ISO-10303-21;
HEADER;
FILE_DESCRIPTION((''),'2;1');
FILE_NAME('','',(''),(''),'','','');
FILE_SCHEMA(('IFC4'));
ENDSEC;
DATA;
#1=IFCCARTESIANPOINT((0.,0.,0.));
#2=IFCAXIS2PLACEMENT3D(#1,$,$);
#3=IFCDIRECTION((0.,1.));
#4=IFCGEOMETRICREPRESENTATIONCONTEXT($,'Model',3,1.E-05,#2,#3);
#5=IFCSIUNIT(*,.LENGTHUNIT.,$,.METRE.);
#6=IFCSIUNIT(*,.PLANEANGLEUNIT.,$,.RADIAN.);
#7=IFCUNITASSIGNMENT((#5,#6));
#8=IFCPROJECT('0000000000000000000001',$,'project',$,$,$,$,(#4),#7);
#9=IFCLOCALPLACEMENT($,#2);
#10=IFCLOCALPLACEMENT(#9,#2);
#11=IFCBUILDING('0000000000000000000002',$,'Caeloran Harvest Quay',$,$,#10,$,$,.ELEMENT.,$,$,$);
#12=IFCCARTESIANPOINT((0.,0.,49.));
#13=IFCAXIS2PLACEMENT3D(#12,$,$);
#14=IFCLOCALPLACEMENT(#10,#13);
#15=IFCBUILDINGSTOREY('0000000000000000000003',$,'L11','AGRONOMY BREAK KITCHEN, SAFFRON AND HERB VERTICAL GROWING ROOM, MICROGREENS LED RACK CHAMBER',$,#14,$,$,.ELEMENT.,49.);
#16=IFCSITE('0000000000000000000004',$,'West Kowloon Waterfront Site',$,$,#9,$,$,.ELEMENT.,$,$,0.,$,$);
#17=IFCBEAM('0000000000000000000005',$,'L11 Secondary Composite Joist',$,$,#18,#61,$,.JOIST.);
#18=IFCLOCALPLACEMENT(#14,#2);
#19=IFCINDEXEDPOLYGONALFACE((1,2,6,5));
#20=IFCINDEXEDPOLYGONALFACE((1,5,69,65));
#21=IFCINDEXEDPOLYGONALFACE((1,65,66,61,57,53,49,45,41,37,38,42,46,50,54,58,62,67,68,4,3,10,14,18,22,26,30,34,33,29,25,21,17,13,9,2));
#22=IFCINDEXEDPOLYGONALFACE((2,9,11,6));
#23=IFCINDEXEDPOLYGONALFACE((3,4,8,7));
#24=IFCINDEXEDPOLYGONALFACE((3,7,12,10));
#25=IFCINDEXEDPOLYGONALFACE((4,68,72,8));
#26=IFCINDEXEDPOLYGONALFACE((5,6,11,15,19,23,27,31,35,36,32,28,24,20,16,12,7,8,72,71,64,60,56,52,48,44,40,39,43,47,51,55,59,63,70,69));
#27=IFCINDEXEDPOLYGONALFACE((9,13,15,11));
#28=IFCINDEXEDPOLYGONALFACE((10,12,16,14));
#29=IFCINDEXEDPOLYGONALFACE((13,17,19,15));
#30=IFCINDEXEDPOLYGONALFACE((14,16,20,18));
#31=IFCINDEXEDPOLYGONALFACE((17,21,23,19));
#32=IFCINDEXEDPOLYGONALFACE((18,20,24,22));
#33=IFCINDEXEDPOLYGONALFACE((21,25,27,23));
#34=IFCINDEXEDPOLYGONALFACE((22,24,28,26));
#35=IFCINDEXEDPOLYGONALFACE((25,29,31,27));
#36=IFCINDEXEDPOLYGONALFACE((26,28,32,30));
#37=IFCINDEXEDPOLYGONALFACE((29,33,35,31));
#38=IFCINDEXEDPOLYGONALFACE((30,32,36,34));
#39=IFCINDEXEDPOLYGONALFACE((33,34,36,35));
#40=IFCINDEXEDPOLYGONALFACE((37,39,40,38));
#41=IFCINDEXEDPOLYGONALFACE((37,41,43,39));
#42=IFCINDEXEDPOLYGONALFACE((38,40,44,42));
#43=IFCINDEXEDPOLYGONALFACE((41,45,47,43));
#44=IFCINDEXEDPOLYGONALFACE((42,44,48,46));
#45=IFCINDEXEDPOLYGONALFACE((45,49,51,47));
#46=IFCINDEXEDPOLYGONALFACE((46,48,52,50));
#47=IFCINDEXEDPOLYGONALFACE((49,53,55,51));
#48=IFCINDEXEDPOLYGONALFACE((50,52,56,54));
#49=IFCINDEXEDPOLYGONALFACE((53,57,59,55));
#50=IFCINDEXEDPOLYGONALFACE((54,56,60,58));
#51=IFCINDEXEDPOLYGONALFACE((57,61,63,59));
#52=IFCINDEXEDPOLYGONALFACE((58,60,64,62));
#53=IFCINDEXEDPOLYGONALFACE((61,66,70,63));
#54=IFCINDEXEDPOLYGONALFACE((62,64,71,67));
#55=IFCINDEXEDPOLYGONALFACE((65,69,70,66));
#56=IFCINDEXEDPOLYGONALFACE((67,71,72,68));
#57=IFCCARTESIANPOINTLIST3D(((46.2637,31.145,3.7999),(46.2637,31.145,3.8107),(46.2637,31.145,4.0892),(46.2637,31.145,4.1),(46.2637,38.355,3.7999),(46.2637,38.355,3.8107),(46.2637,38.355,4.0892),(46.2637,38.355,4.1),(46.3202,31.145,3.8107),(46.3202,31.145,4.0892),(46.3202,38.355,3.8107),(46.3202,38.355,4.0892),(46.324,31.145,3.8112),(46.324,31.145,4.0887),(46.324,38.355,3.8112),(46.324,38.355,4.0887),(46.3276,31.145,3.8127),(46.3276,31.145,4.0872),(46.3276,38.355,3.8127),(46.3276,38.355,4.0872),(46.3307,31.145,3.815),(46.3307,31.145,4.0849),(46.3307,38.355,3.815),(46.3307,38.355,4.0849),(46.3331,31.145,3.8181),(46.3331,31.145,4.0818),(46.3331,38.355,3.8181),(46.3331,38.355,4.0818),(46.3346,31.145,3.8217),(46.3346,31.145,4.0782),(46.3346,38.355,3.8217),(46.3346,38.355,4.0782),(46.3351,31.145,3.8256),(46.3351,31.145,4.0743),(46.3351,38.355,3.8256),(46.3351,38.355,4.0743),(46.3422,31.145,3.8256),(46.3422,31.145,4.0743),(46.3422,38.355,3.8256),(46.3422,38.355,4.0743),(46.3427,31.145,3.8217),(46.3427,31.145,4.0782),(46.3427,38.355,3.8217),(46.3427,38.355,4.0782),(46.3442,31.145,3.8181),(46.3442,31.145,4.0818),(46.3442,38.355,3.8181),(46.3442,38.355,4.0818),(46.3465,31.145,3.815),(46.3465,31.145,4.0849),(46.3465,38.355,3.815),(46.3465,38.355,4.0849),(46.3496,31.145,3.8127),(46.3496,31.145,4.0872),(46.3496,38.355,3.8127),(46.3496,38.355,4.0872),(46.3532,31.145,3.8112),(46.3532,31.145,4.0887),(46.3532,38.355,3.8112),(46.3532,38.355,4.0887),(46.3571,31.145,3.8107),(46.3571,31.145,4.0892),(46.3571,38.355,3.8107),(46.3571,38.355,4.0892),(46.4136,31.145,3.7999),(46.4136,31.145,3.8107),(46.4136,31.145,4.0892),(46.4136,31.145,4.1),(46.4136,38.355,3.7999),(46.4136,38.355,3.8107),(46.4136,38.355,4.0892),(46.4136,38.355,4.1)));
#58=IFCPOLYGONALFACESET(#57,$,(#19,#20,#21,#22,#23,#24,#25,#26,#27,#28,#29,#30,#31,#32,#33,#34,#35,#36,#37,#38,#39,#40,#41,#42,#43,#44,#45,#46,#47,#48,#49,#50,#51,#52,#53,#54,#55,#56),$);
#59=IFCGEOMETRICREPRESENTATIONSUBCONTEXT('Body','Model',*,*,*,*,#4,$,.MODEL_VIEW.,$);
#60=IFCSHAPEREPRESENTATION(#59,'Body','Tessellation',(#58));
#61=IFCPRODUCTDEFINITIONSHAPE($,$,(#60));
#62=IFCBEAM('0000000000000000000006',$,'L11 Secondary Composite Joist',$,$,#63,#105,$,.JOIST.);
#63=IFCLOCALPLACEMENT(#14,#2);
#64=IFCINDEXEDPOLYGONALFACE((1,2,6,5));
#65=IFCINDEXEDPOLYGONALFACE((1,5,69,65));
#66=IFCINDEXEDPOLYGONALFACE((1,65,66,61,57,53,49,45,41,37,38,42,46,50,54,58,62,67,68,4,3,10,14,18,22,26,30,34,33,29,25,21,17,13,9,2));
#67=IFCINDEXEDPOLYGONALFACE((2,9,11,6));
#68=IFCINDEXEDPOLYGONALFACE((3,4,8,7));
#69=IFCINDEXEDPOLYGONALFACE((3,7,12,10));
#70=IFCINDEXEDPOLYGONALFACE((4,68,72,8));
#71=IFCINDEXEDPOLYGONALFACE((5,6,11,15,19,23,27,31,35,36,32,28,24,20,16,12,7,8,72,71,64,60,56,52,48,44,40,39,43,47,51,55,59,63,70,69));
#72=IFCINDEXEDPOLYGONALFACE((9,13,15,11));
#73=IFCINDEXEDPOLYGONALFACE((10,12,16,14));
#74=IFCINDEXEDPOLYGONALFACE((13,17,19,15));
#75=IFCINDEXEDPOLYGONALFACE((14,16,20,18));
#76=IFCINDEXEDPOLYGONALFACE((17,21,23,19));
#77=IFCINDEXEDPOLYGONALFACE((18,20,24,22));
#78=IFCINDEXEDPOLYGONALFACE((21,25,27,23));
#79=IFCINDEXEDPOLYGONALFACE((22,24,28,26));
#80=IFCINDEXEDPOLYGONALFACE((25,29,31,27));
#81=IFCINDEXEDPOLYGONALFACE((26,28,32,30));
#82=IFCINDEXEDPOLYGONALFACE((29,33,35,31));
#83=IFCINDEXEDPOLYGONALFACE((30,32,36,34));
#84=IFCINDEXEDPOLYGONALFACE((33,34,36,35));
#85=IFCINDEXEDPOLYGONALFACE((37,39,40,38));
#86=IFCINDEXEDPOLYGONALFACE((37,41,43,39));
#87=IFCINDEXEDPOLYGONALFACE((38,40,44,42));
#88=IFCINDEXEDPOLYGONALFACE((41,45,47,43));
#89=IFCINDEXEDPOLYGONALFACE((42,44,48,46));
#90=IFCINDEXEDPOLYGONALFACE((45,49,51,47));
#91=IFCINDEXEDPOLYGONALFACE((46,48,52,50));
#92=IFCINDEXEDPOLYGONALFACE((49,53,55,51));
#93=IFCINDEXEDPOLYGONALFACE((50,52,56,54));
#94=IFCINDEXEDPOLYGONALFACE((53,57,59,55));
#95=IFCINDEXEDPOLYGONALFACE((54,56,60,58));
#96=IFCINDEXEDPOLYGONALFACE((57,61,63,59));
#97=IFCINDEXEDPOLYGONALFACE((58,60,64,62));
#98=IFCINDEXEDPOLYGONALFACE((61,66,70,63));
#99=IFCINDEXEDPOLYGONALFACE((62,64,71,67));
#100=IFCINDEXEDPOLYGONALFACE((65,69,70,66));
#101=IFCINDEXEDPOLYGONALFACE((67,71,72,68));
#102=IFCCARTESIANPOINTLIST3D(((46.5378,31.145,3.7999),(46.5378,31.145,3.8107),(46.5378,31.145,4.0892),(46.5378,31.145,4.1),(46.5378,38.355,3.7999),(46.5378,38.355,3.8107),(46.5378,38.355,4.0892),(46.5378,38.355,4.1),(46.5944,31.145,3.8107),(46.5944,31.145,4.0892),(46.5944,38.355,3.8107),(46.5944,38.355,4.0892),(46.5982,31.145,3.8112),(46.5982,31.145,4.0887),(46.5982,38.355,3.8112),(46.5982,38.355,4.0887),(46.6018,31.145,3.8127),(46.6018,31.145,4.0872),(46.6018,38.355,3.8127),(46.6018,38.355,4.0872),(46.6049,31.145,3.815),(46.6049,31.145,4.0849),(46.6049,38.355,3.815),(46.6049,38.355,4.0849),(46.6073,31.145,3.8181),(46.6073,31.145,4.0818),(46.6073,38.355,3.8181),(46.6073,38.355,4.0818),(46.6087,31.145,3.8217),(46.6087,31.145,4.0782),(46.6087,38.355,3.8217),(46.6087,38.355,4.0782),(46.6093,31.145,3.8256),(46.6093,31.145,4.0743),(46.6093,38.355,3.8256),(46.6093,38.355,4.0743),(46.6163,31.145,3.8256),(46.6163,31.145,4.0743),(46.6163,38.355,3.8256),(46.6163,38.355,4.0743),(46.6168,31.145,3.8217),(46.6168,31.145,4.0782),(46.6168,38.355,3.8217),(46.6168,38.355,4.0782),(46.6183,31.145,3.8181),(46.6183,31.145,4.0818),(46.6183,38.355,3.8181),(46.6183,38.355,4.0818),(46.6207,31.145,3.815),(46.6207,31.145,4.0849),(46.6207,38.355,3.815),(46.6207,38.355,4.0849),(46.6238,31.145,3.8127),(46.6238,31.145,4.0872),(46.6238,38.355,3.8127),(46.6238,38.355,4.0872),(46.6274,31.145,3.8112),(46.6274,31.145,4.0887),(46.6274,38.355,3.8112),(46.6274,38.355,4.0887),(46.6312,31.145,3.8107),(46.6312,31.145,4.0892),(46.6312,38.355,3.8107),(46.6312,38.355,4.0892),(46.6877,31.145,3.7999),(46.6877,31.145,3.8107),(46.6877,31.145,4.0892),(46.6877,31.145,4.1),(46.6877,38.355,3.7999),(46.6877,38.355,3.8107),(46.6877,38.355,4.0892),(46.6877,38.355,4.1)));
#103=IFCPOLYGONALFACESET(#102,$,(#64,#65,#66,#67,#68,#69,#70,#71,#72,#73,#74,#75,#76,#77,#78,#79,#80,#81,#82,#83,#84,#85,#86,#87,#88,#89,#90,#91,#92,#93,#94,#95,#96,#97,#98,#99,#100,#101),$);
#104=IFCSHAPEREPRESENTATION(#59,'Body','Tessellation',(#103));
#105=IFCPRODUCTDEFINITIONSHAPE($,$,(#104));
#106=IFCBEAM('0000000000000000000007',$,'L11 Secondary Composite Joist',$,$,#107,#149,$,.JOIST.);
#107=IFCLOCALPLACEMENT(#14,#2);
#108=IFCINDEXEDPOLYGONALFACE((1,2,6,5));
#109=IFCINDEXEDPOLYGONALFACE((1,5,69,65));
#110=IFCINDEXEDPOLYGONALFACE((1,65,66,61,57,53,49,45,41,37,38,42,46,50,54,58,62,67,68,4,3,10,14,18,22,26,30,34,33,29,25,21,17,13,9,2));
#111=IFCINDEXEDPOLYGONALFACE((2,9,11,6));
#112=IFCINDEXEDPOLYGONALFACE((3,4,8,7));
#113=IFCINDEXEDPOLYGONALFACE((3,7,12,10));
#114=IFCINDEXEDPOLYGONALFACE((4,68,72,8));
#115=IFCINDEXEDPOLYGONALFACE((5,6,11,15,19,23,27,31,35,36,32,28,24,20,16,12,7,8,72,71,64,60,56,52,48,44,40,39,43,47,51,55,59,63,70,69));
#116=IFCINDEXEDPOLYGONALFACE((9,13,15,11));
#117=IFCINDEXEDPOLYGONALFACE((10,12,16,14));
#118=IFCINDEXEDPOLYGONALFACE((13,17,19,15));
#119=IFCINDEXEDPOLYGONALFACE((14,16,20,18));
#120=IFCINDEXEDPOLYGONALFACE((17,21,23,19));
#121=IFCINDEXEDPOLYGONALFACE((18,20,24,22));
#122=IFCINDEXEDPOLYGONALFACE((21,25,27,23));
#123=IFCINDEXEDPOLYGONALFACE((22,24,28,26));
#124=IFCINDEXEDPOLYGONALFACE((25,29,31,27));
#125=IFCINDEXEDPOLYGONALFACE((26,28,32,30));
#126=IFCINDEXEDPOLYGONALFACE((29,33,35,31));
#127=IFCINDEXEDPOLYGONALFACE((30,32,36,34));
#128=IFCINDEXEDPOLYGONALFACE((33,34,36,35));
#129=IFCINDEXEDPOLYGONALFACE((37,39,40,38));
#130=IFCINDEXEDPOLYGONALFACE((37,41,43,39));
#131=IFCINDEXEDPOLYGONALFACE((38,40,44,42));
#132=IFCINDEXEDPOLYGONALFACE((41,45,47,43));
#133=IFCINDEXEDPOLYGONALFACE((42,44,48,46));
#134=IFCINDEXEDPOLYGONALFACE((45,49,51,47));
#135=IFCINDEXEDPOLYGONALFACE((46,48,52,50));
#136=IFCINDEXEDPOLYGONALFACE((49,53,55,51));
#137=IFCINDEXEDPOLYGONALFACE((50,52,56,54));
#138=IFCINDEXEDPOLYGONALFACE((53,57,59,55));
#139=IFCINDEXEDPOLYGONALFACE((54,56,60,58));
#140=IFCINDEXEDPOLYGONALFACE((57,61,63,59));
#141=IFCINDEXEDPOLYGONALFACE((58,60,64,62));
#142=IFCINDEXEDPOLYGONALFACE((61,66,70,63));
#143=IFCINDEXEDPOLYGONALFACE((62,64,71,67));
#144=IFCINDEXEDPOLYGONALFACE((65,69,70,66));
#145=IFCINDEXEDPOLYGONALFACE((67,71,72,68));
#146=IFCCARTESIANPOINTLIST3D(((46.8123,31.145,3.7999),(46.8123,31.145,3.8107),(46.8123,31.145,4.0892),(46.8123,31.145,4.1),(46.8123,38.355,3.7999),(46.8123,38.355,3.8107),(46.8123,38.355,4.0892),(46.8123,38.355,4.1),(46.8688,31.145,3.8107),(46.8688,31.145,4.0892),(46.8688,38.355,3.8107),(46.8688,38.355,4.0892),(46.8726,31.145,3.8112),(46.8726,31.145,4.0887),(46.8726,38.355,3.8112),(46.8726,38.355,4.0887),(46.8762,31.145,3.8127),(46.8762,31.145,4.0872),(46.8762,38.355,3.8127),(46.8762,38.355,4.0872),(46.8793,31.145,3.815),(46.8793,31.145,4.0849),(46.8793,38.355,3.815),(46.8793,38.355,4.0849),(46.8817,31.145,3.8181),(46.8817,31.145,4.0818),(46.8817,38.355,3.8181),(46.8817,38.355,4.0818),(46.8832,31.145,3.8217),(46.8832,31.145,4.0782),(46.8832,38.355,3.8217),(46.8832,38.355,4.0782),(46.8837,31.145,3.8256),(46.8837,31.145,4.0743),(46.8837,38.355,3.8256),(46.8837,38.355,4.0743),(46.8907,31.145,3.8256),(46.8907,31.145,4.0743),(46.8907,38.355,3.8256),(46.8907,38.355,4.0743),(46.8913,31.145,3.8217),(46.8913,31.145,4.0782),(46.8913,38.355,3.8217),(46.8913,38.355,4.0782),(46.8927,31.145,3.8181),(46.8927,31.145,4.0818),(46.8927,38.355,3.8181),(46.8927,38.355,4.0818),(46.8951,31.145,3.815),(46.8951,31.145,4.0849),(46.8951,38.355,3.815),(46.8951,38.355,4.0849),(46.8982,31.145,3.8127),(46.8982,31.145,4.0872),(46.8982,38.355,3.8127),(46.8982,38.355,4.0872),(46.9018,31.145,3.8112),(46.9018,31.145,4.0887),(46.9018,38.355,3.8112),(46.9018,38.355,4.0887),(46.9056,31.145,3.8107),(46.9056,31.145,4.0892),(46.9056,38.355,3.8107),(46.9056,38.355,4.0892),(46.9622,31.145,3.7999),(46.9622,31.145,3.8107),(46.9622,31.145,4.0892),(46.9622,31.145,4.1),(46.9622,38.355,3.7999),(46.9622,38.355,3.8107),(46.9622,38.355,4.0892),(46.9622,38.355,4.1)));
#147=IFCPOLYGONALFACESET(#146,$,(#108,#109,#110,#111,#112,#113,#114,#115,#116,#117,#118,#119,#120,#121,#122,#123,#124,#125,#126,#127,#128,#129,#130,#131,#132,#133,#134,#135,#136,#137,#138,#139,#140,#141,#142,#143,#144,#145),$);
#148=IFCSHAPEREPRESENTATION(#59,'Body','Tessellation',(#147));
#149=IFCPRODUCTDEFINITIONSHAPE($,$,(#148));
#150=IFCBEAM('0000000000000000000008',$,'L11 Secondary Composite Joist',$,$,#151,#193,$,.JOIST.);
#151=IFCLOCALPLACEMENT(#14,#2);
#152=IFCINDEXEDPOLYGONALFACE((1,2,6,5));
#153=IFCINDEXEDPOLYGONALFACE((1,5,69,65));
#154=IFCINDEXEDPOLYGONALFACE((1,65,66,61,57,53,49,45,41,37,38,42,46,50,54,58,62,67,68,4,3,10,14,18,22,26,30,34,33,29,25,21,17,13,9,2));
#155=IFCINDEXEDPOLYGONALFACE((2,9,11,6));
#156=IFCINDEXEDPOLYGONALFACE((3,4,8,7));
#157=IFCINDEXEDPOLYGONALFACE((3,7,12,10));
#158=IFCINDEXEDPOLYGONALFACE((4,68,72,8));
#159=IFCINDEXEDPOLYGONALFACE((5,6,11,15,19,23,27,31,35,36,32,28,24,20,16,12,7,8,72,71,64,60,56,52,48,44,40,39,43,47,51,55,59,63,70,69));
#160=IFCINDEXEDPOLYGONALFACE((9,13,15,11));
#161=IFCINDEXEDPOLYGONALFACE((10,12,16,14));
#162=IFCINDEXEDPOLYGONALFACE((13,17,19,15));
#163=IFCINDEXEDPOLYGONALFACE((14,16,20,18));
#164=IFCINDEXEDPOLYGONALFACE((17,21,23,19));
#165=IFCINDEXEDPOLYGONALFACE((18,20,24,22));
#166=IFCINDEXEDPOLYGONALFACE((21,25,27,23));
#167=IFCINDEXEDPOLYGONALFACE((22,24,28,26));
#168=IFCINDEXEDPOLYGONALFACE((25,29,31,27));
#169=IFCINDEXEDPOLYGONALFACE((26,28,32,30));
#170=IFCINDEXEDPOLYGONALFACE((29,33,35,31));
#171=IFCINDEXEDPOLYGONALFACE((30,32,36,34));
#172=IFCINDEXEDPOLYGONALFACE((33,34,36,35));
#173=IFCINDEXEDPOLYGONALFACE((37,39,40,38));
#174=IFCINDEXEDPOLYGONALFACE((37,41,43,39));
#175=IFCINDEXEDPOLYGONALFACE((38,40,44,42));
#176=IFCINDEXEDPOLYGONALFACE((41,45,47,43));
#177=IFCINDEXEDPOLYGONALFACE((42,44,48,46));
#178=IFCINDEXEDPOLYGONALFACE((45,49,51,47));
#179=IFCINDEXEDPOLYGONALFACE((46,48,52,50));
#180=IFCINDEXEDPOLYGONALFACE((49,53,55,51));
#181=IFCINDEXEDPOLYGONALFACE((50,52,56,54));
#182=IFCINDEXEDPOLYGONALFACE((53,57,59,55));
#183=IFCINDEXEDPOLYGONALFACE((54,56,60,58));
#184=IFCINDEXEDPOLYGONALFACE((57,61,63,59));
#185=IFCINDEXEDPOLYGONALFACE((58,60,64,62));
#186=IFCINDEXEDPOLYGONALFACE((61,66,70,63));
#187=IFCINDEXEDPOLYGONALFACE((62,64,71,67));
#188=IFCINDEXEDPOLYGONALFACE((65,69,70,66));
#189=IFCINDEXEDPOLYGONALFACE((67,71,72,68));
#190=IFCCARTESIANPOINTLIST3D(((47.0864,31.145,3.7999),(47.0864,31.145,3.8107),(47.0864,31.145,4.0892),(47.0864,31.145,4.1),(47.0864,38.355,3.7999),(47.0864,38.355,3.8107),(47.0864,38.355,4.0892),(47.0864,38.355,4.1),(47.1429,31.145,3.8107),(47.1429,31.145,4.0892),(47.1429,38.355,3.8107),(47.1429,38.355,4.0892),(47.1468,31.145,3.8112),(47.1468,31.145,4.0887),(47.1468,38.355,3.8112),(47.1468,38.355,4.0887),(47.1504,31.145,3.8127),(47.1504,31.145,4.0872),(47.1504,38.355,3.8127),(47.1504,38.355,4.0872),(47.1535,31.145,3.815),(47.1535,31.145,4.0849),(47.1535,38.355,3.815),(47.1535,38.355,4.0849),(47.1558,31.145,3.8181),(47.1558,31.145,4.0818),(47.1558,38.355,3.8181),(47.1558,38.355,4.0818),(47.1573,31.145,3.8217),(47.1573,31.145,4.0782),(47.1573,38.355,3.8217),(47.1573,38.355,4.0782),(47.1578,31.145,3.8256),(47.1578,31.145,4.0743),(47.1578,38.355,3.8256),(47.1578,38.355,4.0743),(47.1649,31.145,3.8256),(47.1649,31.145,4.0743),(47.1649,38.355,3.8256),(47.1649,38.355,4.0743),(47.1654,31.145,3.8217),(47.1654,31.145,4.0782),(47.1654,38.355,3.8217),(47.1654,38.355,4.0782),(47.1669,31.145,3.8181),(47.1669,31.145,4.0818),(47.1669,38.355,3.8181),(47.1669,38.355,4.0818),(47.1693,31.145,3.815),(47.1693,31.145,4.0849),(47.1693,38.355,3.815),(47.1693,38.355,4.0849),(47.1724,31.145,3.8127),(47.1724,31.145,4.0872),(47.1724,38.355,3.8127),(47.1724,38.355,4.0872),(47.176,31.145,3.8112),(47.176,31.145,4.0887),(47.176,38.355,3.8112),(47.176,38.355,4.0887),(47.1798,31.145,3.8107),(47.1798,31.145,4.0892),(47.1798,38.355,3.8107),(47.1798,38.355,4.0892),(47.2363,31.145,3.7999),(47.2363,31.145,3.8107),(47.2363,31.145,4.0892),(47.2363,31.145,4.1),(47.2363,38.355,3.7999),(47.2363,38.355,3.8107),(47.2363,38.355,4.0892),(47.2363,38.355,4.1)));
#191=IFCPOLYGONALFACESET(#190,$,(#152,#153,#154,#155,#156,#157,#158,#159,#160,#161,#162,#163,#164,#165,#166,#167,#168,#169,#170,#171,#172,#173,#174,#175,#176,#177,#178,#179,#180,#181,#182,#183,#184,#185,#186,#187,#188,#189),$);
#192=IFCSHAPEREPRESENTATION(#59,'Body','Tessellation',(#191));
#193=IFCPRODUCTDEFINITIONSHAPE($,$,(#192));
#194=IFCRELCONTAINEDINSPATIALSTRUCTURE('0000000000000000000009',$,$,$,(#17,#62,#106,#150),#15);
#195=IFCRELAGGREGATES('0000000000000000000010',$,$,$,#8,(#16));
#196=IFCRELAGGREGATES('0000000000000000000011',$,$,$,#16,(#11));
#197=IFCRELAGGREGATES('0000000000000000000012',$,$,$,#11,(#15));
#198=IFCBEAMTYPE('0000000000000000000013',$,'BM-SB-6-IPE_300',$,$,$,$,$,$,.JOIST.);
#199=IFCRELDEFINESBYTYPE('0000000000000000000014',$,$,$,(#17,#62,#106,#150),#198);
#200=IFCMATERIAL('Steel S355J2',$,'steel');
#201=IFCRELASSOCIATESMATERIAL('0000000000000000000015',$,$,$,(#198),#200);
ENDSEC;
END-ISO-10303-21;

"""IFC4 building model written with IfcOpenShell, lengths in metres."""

from ifc_helpers import new_model, si_unit, direction, frame, origin, origin_2d, place, context, subcontext, project, spatial, i_section, extrude, material, material_profile, profile_set, type_object, element, save


model = new_model("IFC4")

# Units and contexts
model_context = context("Model", 3, precision=1e-05, world=origin(), true_north=direction((0.0, 1.0)))
body_context = subcontext(model_context, "Body", "Model", "MODEL_VIEW")
ifc_project = project(units=[si_unit("LENGTHUNIT", "METRE"), si_unit("PLANEANGLEUNIT", "RADIAN")], contexts=[model_context])

# Site, building, storey
site_placement = place(None, origin())
site = spatial("IfcSite", under=ifc_project, at=site_placement, Name="West Kowloon Waterfront Site", CompositionType="ELEMENT", RefElevation=0.0)
building_placement = place(site_placement, origin())
building = spatial("IfcBuilding", under=site, at=building_placement, Name="Caeloran Harvest Quay", CompositionType="ELEMENT")
storey_placement = place(building_placement, frame((0.0, 0.0, 49.0)))
storey = spatial("IfcBuildingStorey", under=building, at=storey_placement, Name="L11", Description="AGRONOMY BREAK KITCHEN, SAFFRON AND HERB VERTICAL GROWING ROOM, MICROGREENS LED RACK CHAMBER", CompositionType="ELEMENT", Elevation=49.0)

# Beams
ifc_material_1 = material(Name="Steel S355J2", Category="steel")
ifc_material_profile_1 = material_profile(ifc_material_1, i_section(OverallWidth=0.1499, OverallDepth=0.3, WebThickness=0.0071, FlangeThickness=0.0107, FilletRadius=0.0149, at=origin_2d()), Name="IPE 300")
ifc_profile_set_1 = profile_set([ifc_material_profile_1], Name="Steel S355J2")
beam_type_1 = type_object("IfcBeamType", Name="BM-SB-6-IPE_300", PredefinedType="JOIST", material=ifc_profile_set_1)
for number, where, z_axis, x_axis, name in (
    (1, (46.3386, 31.145, 3.95), (0.0, 1.0, 0.0), (-1.0, 0.0, 0.0), "L11 Secondary Composite Joist"),
    (2, (46.6128, 31.145, 3.95), (0.0, 1.0, 0.0), (-1.0, 0.0, 0.0), "L11 Secondary Composite Joist"),
    (3, (46.8872, 31.145, 3.95), (0.0, 1.0, 0.0), (-1.0, 0.0, 0.0), "L11 Secondary Composite Joist"),
    (4, (47.1614, 31.145, 3.95), (0.0, 1.0, 0.0), (-1.0, 0.0, 0.0), "L11 Secondary Composite Joist"),
):
    element("IfcBeam", number, at=place(storey_placement, frame(where, z_axis=z_axis, x_axis=x_axis)), inside=storey, type_object=beam_type_1, Name=name, PredefinedType="JOIST", context=body_context, shape_type="SweptSolid", body=[
        extrude(i_section(OverallWidth=0.1499, OverallDepth=0.3, WebThickness=0.0071, FlangeThickness=0.0107, FilletRadius=0.0149, at=origin_2d()), origin(), (0.0, 0.0, 1.0), 7.21),
    ])

save(model, "model.ifc")
